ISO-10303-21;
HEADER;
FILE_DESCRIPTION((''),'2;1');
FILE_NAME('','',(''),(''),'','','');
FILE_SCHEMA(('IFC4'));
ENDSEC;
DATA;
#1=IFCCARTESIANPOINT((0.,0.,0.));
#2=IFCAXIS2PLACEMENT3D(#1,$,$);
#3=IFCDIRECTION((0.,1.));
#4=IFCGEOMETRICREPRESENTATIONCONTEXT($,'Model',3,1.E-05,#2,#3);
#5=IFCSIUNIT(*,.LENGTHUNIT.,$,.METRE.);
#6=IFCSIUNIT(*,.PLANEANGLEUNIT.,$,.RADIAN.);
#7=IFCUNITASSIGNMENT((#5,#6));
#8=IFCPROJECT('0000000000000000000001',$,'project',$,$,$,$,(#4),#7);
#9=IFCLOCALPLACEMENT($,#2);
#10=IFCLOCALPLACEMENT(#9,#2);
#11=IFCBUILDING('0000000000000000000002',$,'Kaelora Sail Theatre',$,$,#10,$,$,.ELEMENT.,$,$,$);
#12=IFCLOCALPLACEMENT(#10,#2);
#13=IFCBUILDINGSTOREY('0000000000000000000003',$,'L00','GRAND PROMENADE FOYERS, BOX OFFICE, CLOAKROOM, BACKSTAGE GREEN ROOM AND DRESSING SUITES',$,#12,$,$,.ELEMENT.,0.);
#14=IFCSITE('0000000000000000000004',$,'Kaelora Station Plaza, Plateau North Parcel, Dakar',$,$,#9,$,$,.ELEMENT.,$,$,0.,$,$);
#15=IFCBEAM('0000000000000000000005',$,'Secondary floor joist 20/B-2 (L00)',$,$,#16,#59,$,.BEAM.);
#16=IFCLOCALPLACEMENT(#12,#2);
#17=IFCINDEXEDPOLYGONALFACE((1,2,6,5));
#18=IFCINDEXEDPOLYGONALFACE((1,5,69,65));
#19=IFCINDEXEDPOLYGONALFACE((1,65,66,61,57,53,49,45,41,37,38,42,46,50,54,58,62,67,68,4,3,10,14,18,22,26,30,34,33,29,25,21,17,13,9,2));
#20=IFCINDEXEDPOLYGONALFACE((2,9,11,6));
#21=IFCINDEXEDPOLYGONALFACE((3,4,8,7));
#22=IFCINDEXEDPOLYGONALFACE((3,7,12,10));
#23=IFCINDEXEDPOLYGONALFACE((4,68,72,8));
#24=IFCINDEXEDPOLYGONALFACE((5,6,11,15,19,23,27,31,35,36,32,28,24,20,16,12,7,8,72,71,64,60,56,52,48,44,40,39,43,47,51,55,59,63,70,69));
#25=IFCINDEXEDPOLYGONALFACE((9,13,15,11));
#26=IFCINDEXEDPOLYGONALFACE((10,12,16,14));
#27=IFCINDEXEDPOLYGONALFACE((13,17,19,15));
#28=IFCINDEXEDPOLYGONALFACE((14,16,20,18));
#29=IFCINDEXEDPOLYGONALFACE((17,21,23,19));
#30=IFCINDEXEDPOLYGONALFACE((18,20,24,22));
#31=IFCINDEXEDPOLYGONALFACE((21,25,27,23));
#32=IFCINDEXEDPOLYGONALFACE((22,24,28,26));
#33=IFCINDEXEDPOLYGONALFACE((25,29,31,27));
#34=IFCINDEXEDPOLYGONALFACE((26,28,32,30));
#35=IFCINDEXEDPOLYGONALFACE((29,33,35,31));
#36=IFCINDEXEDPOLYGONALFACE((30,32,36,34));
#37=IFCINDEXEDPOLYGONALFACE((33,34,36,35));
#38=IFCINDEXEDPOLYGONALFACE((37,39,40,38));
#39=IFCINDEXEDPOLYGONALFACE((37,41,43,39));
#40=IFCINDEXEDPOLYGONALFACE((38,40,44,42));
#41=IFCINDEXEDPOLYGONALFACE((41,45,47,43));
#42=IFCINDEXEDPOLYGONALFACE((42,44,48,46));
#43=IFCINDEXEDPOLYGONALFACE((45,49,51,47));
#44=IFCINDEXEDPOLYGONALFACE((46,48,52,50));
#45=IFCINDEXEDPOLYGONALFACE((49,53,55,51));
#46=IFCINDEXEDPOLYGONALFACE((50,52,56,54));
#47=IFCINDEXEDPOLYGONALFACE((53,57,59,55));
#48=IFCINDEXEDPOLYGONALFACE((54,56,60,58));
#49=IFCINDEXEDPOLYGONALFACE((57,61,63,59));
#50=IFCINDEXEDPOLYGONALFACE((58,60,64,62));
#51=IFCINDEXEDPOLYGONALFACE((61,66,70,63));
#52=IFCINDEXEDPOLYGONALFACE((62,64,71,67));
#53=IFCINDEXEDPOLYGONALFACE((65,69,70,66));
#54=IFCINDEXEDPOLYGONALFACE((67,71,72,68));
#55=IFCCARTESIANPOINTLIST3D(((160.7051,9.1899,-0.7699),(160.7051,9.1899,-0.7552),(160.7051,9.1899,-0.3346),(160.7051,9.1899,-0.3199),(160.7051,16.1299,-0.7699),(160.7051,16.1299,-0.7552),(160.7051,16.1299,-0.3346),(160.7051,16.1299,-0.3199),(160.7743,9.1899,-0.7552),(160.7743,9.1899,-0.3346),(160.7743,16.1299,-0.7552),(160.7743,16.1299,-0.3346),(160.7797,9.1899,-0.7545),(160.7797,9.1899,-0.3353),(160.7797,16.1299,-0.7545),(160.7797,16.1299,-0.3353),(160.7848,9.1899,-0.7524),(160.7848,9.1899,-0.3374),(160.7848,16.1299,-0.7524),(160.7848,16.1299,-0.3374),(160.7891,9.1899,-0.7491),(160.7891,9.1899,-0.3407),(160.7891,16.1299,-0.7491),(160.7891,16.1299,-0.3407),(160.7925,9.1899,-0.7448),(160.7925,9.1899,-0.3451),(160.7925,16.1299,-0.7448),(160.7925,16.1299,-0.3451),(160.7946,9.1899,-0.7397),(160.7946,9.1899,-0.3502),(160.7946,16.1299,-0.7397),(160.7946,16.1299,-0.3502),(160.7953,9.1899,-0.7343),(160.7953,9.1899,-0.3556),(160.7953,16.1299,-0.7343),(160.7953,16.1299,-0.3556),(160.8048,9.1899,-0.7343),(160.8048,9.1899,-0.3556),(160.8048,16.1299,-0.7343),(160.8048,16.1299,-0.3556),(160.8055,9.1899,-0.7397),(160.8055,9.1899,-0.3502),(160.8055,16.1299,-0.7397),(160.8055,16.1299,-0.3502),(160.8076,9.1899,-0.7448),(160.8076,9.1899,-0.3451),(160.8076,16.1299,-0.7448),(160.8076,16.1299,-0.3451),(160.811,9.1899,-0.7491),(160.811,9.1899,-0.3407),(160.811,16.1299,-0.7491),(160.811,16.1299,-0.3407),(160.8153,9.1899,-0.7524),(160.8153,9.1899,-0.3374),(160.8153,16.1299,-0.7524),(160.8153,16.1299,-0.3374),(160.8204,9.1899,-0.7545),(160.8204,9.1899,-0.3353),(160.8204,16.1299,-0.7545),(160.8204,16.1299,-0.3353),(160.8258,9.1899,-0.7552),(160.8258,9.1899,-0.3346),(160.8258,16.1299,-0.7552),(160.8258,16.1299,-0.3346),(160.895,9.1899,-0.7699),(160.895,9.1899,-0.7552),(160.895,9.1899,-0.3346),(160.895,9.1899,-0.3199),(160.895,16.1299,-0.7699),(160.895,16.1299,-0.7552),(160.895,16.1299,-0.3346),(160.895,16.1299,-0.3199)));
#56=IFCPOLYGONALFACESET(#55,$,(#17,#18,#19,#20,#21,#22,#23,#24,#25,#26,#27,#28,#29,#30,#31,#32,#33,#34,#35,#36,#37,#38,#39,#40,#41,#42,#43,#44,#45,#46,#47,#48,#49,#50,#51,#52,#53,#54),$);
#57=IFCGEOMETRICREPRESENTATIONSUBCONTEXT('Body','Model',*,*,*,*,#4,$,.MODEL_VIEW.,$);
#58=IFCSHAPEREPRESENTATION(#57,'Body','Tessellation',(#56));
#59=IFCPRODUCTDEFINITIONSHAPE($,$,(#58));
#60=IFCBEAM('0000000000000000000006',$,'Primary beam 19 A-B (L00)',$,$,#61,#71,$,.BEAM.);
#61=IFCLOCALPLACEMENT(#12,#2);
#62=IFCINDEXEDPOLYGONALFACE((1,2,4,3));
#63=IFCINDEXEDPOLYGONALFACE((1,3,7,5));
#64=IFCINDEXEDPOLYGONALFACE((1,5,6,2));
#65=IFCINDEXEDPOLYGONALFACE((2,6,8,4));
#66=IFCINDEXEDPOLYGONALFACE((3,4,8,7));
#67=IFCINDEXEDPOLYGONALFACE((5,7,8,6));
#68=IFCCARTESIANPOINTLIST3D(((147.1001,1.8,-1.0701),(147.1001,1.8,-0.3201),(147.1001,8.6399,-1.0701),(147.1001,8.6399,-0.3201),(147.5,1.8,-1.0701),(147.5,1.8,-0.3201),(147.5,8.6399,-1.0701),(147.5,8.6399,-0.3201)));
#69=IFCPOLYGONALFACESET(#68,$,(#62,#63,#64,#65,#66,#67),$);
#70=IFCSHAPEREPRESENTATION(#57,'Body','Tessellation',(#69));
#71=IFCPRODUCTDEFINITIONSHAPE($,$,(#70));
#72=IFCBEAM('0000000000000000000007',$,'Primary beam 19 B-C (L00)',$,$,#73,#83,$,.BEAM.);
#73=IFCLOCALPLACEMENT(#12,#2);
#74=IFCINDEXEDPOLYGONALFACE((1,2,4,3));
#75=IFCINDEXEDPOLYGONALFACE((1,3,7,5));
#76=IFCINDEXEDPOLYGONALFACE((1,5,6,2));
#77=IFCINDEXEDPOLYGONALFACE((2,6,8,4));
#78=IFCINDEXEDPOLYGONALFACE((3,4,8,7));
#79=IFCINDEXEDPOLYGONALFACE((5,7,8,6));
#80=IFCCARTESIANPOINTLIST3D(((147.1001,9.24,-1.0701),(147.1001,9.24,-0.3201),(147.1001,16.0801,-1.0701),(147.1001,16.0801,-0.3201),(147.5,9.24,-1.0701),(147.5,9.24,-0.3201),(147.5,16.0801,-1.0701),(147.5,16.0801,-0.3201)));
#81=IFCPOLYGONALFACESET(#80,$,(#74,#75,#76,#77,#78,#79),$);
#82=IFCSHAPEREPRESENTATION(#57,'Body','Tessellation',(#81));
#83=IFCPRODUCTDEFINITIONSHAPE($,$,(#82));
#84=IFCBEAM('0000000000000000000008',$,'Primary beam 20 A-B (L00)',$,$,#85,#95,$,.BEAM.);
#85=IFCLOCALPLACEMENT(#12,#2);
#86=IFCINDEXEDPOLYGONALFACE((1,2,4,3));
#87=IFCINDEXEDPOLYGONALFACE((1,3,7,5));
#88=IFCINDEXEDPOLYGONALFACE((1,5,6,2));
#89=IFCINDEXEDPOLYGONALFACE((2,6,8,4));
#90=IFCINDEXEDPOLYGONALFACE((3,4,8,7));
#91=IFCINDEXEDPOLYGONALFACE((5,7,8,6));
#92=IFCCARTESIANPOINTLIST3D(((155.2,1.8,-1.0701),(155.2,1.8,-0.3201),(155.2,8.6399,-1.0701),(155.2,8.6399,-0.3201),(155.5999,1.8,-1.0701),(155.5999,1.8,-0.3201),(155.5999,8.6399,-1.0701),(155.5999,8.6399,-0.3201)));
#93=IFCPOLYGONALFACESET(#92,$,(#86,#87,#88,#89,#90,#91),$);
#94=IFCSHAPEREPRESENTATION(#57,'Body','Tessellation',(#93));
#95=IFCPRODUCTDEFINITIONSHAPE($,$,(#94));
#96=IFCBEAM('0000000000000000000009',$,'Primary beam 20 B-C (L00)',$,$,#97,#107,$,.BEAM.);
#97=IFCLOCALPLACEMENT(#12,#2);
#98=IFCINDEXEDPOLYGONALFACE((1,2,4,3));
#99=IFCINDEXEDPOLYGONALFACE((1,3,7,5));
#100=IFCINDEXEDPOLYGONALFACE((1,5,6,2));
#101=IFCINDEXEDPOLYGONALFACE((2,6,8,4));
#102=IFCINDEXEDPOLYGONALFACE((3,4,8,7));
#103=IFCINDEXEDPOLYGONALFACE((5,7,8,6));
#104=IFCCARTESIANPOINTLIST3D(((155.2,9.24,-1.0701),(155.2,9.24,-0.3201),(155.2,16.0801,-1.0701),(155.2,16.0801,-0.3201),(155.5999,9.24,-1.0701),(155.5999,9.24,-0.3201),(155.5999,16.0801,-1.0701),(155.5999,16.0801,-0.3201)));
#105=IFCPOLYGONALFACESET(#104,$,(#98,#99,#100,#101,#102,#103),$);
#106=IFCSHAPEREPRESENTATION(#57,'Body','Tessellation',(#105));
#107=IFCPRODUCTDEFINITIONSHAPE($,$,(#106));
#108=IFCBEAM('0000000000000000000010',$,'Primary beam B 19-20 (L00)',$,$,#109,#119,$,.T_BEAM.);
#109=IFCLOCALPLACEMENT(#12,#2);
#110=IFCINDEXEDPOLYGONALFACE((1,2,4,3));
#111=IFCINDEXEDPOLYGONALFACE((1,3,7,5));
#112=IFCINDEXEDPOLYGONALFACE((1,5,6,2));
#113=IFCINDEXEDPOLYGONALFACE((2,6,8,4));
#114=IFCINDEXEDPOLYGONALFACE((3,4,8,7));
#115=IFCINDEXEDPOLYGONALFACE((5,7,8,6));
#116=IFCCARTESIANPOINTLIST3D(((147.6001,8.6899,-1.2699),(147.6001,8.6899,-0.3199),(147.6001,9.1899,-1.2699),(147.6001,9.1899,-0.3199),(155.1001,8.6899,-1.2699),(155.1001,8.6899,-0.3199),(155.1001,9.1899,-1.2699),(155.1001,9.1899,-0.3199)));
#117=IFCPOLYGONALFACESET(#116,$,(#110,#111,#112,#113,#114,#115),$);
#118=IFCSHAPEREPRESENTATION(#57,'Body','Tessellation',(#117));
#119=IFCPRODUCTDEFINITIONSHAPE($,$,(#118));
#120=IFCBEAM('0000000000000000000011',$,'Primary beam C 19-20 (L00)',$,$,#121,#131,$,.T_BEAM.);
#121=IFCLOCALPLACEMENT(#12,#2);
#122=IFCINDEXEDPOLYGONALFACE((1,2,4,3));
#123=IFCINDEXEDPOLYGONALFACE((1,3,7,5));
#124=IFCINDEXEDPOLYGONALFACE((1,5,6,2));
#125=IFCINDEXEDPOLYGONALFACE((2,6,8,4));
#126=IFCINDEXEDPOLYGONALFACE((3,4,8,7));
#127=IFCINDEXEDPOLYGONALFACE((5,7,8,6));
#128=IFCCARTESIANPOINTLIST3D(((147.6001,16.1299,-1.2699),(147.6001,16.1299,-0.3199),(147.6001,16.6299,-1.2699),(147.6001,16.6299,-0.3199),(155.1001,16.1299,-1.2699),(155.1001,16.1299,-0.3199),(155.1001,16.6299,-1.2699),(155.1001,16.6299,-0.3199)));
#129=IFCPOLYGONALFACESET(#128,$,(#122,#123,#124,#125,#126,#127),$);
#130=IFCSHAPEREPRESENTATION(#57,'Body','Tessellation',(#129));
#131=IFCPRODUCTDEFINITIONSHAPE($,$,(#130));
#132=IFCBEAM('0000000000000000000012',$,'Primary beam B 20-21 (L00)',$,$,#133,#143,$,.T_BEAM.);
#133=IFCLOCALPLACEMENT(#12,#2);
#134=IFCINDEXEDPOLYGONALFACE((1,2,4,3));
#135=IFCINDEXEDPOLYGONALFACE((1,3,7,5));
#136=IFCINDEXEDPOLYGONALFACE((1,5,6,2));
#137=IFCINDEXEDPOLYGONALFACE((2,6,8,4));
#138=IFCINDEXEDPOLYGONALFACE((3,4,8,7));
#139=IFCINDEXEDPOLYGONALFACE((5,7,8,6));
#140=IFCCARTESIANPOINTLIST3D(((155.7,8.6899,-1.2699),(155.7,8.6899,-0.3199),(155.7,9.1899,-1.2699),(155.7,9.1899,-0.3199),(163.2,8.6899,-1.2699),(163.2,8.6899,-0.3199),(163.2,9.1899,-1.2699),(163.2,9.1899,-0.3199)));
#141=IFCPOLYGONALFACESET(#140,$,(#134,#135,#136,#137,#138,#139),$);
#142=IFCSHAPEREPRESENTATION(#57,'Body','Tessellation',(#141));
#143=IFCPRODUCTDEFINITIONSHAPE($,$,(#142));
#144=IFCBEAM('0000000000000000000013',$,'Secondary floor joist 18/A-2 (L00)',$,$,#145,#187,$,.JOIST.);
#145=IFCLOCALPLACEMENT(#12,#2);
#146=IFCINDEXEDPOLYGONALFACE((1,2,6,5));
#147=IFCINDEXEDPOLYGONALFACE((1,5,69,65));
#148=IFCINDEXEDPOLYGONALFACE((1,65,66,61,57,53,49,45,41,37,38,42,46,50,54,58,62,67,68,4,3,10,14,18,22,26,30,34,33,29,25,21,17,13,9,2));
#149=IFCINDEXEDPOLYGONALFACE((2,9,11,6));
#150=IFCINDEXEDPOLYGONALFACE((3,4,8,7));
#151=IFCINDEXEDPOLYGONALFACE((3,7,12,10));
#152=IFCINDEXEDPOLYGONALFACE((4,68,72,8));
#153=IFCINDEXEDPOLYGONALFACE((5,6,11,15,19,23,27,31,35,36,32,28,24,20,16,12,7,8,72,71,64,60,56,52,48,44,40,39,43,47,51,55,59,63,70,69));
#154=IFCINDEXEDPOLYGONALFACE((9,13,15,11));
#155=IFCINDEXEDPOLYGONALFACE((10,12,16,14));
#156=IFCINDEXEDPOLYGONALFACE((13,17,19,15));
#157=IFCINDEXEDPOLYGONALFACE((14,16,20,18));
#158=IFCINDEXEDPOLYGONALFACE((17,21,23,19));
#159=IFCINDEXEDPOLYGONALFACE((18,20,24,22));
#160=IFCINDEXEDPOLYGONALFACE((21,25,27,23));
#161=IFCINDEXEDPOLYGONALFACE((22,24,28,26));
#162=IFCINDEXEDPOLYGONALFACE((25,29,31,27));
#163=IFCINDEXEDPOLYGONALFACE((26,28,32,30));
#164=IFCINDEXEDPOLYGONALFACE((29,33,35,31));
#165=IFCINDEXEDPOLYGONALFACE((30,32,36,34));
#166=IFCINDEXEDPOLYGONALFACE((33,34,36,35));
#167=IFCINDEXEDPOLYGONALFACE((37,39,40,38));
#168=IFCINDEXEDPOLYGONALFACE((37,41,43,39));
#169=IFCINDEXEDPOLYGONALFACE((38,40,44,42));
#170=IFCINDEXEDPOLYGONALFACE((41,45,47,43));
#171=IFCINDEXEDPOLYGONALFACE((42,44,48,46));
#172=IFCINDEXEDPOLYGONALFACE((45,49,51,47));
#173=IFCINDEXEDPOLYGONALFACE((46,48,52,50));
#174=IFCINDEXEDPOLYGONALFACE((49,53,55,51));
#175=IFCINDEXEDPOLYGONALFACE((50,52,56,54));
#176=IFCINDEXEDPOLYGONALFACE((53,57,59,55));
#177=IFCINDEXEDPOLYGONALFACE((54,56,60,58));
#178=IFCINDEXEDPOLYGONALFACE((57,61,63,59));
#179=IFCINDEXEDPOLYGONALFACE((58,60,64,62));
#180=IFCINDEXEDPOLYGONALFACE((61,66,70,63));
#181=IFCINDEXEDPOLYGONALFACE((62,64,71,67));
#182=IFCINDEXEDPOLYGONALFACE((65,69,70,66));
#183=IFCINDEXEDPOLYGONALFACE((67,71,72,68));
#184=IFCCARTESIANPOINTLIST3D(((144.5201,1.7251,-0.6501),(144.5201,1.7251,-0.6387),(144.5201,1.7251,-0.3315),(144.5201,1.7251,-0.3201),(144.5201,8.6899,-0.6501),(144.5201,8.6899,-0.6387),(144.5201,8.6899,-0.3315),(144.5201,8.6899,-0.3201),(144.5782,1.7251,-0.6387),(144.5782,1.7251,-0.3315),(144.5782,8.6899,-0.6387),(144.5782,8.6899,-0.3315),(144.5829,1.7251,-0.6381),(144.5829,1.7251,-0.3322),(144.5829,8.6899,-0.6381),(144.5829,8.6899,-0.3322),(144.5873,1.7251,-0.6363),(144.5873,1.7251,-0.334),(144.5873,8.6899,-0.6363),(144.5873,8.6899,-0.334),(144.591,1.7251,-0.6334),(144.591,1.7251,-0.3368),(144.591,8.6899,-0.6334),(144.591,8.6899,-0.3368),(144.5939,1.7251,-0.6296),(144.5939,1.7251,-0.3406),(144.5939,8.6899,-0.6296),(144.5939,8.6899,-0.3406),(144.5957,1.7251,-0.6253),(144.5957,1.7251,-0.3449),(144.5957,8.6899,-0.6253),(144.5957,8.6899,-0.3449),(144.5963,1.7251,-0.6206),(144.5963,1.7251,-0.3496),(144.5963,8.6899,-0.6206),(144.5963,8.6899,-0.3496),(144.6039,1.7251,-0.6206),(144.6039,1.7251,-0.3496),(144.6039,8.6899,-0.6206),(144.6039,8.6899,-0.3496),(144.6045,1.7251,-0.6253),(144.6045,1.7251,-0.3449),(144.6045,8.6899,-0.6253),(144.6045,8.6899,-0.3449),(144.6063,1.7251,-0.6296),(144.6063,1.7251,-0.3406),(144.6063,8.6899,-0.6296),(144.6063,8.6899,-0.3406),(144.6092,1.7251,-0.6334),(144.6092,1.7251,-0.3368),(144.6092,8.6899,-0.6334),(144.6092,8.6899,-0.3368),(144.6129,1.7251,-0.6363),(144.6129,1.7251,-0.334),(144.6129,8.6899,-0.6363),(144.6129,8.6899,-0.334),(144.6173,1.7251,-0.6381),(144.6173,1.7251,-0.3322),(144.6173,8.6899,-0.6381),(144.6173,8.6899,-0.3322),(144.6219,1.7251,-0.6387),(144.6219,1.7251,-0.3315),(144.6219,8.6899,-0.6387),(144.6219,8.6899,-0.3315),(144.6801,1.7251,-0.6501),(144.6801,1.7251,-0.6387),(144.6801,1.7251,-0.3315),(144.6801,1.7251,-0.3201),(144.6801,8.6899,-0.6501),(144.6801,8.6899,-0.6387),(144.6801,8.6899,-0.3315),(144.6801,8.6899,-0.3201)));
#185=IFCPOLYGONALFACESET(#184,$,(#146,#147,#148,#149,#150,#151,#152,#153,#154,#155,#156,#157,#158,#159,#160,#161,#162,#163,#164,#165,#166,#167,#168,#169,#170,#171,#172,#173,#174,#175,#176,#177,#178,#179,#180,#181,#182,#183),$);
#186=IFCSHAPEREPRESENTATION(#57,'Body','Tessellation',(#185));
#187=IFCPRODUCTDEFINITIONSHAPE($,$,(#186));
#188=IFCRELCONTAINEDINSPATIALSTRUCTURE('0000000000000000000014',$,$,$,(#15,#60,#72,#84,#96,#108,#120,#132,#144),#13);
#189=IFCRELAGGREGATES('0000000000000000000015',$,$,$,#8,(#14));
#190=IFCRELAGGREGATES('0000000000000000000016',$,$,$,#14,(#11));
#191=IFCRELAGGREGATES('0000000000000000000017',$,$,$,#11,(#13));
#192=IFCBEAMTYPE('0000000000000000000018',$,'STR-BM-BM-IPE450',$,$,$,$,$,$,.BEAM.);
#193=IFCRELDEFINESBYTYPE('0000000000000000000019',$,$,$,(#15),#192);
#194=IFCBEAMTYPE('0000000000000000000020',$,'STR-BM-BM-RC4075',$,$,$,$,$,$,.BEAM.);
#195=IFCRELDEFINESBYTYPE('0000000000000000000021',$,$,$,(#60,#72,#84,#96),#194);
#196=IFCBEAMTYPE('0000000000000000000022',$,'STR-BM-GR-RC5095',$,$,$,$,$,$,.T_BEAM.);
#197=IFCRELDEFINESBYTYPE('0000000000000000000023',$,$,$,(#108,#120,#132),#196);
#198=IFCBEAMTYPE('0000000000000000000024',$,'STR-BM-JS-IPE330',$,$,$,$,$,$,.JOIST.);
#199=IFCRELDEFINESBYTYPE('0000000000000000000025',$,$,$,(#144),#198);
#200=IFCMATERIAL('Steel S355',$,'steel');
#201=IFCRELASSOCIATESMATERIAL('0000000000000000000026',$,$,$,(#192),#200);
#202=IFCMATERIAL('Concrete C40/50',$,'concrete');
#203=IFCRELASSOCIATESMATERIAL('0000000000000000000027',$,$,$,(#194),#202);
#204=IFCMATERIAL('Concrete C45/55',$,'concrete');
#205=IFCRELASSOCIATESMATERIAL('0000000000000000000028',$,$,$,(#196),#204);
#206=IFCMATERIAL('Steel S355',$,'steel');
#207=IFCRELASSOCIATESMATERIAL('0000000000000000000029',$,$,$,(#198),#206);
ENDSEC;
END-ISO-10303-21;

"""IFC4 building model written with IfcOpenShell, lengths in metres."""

from ifc_helpers import new_model, si_unit, direction, frame, origin, origin_2d, place, context, subcontext, project, spatial, rectangle, i_section, extrude, material, material_profile, profile_set, type_object, element, save


model = new_model("IFC4")

# Units and contexts
model_context = context("Model", 3, precision=1e-05, world=origin(), true_north=direction((0.0, 1.0)))
body_context = subcontext(model_context, "Body", "Model", "MODEL_VIEW")
ifc_project = project(units=[si_unit("LENGTHUNIT", "METRE"), si_unit("PLANEANGLEUNIT", "RADIAN")], contexts=[model_context])

# Site, building, storey
site_placement = place(None, origin())
site = spatial("IfcSite", under=ifc_project, at=site_placement, Name="Kaelora Station Plaza, Plateau North Parcel, Dakar", CompositionType="ELEMENT", RefElevation=0.0)
building_placement = place(site_placement, origin())
building = spatial("IfcBuilding", under=site, at=building_placement, Name="Kaelora Sail Theatre", CompositionType="ELEMENT")
storey_placement = place(building_placement, origin())
storey = spatial("IfcBuildingStorey", under=building, at=storey_placement, Name="L00", Description="GRAND PROMENADE FOYERS, BOX OFFICE, CLOAKROOM, BACKSTAGE GREEN ROOM AND DRESSING SUITES", CompositionType="ELEMENT", Elevation=0.0)

# Beams
ifc_material_1 = material(Name="Steel S355", Category="steel")
ifc_material_profile_1 = material_profile(ifc_material_1, i_section(OverallWidth=0.1899, OverallDepth=0.45, WebThickness=0.0095, FlangeThickness=0.0146, FilletRadius=0.021, at=origin_2d()), Name="IPE 450")
ifc_profile_set_1 = profile_set([ifc_material_profile_1], Name="Steel S355")
beam_type_1 = type_object("IfcBeamType", Name="STR-BM-BM-IPE450", PredefinedType="BEAM", material=ifc_profile_set_1)
beam_1_placement = place(storey_placement, frame((160.8, 9.1899, -0.5449), z_axis=(0.0, 1.0, 0.0), x_axis=(-1.0, 0.0, 0.0)))
element("IfcBeam", 1, at=beam_1_placement, inside=storey, type_object=beam_type_1, Name="Secondary floor joist 20/B-2 (L00)", PredefinedType="BEAM", context=body_context, shape_type="SweptSolid", body=[
    extrude(i_section(OverallWidth=0.1899, OverallDepth=0.45, WebThickness=0.0095, FlangeThickness=0.0146, FilletRadius=0.021, at=origin_2d()), origin(), (0.0, 0.0, 1.0), 6.9399),
])
ifc_material_2 = material(Name="Concrete C40/50", Category="concrete")
ifc_material_profile_2 = material_profile(ifc_material_2, rectangle(XDim=0.3999, YDim=0.75, at=origin_2d()), Name="RC-BM 400x750")
ifc_profile_set_2 = profile_set([ifc_material_profile_2], Name="Concrete C40/50")
beam_type_2 = type_object("IfcBeamType", Name="STR-BM-BM-RC4075", PredefinedType="BEAM", material=ifc_profile_set_2)
beam_2_placement = place(storey_placement, frame((147.3, 1.8, -0.6951), z_axis=(0.0, 1.0, 0.0), x_axis=(-1.0, 0.0, 0.0)))
element("IfcBeam", 2, at=beam_2_placement, inside=storey, type_object=beam_type_2, Name="Primary beam 19 A-B (L00)", PredefinedType="BEAM", context=body_context, shape_type="SweptSolid", body=[
    extrude(rectangle(XDim=0.3999, YDim=0.75, at=origin_2d()), origin(), (0.0, 0.0, 1.0), 6.8398),
])
beam_3_placement = place(storey_placement, frame((147.3, 9.24, -0.6951), z_axis=(0.0, 1.0, 0.0), x_axis=(-1.0, 0.0, 0.0)))
element("IfcBeam", 3, at=beam_3_placement, inside=storey, type_object=beam_type_2, Name="Primary beam 19 B-C (L00)", PredefinedType="BEAM", context=body_context, shape_type="SweptSolid", body=[
    extrude(rectangle(XDim=0.3999, YDim=0.75, at=origin_2d()), origin(), (0.0, 0.0, 1.0), 6.8401),
])
beam_4_placement = place(storey_placement, frame((155.3999, 1.8, -0.6951), z_axis=(0.0, 1.0, 0.0), x_axis=(-1.0, 0.0, 0.0)))
element("IfcBeam", 4, at=beam_4_placement, inside=storey, type_object=beam_type_2, Name="Primary beam 20 A-B (L00)", PredefinedType="BEAM", context=body_context, shape_type="SweptSolid", body=[
    extrude(rectangle(XDim=0.3999, YDim=0.75, at=origin_2d()), origin(), (0.0, 0.0, 1.0), 6.8398),
])
beam_5_placement = place(storey_placement, frame((155.3999, 9.24, -0.6951), z_axis=(0.0, 1.0, 0.0), x_axis=(-1.0, 0.0, 0.0)))
element("IfcBeam", 5, at=beam_5_placement, inside=storey, type_object=beam_type_2, Name="Primary beam 20 B-C (L00)", PredefinedType="BEAM", context=body_context, shape_type="SweptSolid", body=[
    extrude(rectangle(XDim=0.3999, YDim=0.75, at=origin_2d()), origin(), (0.0, 0.0, 1.0), 6.8401),
])
ifc_material_3 = material(Name="Concrete C45/55", Category="concrete")
ifc_material_profile_3 = material_profile(ifc_material_3, rectangle(XDim=0.5, YDim=0.95, at=origin_2d()), Name="RC-GRD 500x950")
ifc_profile_set_3 = profile_set([ifc_material_profile_3], Name="Concrete C45/55")
beam_type_3 = type_object("IfcBeamType", Name="STR-BM-GR-RC5095", PredefinedType="T_BEAM", material=ifc_profile_set_3)
for number, where, z_axis, x_axis, name in (
    (6, (147.6001, 8.9399, -0.7949), (1.0, 0.0, 0.0), (0.0, 1.0, 0.0), "Primary beam B 19-20 (L00)"),
    (7, (147.6001, 16.3799, -0.7949), (1.0, 0.0, 0.0), (0.0, 1.0, 0.0), "Primary beam C 19-20 (L00)"),
    (8, (155.7, 8.9399, -0.7949), (1.0, 0.0, 0.0), (0.0, 1.0, 0.0), "Primary beam B 20-21 (L00)"),
):
    element("IfcBeam", number, at=place(storey_placement, frame(where, z_axis=z_axis, x_axis=x_axis)), inside=storey, type_object=beam_type_3, Name=name, PredefinedType="T_BEAM", context=body_context, shape_type="SweptSolid", body=[
        extrude(rectangle(XDim=0.5, YDim=0.95, at=origin_2d()), origin(), (0.0, 0.0, 1.0), 7.5),
    ])
ifc_material_4 = material(Name="Steel S355", Category="steel")
ifc_material_profile_4 = material_profile(ifc_material_4, i_section(OverallWidth=0.1599, OverallDepth=0.3301, WebThickness=0.0076, FlangeThickness=0.0115, FilletRadius=0.0181, at=origin_2d()), Name="IPE 330")
ifc_profile_set_4 = profile_set([ifc_material_profile_4], Name="Steel S355")
beam_type_4 = type_object("IfcBeamType", Name="STR-BM-JS-IPE330", PredefinedType="JOIST", material=ifc_profile_set_4)
for number, where, z_axis, x_axis, name in (
    (9, (144.6001, 1.7251, -0.4851), (0.0, 1.0, 0.0), (-1.0, 0.0, 0.0), "Secondary floor joist 18/A-2 (L00)"),
):
    element("IfcBeam", number, at=place(storey_placement, frame(where, z_axis=z_axis, x_axis=x_axis)), inside=storey, type_object=beam_type_4, Name=name, PredefinedType="JOIST", context=body_context, shape_type="SweptSolid", body=[
        extrude(i_section(OverallWidth=0.1599, OverallDepth=0.3301, WebThickness=0.0076, FlangeThickness=0.0115, FilletRadius=0.0181, at=origin_2d()), origin(), (0.0, 0.0, 1.0), 6.9648),
    ])

save(model, "model.ifc")
